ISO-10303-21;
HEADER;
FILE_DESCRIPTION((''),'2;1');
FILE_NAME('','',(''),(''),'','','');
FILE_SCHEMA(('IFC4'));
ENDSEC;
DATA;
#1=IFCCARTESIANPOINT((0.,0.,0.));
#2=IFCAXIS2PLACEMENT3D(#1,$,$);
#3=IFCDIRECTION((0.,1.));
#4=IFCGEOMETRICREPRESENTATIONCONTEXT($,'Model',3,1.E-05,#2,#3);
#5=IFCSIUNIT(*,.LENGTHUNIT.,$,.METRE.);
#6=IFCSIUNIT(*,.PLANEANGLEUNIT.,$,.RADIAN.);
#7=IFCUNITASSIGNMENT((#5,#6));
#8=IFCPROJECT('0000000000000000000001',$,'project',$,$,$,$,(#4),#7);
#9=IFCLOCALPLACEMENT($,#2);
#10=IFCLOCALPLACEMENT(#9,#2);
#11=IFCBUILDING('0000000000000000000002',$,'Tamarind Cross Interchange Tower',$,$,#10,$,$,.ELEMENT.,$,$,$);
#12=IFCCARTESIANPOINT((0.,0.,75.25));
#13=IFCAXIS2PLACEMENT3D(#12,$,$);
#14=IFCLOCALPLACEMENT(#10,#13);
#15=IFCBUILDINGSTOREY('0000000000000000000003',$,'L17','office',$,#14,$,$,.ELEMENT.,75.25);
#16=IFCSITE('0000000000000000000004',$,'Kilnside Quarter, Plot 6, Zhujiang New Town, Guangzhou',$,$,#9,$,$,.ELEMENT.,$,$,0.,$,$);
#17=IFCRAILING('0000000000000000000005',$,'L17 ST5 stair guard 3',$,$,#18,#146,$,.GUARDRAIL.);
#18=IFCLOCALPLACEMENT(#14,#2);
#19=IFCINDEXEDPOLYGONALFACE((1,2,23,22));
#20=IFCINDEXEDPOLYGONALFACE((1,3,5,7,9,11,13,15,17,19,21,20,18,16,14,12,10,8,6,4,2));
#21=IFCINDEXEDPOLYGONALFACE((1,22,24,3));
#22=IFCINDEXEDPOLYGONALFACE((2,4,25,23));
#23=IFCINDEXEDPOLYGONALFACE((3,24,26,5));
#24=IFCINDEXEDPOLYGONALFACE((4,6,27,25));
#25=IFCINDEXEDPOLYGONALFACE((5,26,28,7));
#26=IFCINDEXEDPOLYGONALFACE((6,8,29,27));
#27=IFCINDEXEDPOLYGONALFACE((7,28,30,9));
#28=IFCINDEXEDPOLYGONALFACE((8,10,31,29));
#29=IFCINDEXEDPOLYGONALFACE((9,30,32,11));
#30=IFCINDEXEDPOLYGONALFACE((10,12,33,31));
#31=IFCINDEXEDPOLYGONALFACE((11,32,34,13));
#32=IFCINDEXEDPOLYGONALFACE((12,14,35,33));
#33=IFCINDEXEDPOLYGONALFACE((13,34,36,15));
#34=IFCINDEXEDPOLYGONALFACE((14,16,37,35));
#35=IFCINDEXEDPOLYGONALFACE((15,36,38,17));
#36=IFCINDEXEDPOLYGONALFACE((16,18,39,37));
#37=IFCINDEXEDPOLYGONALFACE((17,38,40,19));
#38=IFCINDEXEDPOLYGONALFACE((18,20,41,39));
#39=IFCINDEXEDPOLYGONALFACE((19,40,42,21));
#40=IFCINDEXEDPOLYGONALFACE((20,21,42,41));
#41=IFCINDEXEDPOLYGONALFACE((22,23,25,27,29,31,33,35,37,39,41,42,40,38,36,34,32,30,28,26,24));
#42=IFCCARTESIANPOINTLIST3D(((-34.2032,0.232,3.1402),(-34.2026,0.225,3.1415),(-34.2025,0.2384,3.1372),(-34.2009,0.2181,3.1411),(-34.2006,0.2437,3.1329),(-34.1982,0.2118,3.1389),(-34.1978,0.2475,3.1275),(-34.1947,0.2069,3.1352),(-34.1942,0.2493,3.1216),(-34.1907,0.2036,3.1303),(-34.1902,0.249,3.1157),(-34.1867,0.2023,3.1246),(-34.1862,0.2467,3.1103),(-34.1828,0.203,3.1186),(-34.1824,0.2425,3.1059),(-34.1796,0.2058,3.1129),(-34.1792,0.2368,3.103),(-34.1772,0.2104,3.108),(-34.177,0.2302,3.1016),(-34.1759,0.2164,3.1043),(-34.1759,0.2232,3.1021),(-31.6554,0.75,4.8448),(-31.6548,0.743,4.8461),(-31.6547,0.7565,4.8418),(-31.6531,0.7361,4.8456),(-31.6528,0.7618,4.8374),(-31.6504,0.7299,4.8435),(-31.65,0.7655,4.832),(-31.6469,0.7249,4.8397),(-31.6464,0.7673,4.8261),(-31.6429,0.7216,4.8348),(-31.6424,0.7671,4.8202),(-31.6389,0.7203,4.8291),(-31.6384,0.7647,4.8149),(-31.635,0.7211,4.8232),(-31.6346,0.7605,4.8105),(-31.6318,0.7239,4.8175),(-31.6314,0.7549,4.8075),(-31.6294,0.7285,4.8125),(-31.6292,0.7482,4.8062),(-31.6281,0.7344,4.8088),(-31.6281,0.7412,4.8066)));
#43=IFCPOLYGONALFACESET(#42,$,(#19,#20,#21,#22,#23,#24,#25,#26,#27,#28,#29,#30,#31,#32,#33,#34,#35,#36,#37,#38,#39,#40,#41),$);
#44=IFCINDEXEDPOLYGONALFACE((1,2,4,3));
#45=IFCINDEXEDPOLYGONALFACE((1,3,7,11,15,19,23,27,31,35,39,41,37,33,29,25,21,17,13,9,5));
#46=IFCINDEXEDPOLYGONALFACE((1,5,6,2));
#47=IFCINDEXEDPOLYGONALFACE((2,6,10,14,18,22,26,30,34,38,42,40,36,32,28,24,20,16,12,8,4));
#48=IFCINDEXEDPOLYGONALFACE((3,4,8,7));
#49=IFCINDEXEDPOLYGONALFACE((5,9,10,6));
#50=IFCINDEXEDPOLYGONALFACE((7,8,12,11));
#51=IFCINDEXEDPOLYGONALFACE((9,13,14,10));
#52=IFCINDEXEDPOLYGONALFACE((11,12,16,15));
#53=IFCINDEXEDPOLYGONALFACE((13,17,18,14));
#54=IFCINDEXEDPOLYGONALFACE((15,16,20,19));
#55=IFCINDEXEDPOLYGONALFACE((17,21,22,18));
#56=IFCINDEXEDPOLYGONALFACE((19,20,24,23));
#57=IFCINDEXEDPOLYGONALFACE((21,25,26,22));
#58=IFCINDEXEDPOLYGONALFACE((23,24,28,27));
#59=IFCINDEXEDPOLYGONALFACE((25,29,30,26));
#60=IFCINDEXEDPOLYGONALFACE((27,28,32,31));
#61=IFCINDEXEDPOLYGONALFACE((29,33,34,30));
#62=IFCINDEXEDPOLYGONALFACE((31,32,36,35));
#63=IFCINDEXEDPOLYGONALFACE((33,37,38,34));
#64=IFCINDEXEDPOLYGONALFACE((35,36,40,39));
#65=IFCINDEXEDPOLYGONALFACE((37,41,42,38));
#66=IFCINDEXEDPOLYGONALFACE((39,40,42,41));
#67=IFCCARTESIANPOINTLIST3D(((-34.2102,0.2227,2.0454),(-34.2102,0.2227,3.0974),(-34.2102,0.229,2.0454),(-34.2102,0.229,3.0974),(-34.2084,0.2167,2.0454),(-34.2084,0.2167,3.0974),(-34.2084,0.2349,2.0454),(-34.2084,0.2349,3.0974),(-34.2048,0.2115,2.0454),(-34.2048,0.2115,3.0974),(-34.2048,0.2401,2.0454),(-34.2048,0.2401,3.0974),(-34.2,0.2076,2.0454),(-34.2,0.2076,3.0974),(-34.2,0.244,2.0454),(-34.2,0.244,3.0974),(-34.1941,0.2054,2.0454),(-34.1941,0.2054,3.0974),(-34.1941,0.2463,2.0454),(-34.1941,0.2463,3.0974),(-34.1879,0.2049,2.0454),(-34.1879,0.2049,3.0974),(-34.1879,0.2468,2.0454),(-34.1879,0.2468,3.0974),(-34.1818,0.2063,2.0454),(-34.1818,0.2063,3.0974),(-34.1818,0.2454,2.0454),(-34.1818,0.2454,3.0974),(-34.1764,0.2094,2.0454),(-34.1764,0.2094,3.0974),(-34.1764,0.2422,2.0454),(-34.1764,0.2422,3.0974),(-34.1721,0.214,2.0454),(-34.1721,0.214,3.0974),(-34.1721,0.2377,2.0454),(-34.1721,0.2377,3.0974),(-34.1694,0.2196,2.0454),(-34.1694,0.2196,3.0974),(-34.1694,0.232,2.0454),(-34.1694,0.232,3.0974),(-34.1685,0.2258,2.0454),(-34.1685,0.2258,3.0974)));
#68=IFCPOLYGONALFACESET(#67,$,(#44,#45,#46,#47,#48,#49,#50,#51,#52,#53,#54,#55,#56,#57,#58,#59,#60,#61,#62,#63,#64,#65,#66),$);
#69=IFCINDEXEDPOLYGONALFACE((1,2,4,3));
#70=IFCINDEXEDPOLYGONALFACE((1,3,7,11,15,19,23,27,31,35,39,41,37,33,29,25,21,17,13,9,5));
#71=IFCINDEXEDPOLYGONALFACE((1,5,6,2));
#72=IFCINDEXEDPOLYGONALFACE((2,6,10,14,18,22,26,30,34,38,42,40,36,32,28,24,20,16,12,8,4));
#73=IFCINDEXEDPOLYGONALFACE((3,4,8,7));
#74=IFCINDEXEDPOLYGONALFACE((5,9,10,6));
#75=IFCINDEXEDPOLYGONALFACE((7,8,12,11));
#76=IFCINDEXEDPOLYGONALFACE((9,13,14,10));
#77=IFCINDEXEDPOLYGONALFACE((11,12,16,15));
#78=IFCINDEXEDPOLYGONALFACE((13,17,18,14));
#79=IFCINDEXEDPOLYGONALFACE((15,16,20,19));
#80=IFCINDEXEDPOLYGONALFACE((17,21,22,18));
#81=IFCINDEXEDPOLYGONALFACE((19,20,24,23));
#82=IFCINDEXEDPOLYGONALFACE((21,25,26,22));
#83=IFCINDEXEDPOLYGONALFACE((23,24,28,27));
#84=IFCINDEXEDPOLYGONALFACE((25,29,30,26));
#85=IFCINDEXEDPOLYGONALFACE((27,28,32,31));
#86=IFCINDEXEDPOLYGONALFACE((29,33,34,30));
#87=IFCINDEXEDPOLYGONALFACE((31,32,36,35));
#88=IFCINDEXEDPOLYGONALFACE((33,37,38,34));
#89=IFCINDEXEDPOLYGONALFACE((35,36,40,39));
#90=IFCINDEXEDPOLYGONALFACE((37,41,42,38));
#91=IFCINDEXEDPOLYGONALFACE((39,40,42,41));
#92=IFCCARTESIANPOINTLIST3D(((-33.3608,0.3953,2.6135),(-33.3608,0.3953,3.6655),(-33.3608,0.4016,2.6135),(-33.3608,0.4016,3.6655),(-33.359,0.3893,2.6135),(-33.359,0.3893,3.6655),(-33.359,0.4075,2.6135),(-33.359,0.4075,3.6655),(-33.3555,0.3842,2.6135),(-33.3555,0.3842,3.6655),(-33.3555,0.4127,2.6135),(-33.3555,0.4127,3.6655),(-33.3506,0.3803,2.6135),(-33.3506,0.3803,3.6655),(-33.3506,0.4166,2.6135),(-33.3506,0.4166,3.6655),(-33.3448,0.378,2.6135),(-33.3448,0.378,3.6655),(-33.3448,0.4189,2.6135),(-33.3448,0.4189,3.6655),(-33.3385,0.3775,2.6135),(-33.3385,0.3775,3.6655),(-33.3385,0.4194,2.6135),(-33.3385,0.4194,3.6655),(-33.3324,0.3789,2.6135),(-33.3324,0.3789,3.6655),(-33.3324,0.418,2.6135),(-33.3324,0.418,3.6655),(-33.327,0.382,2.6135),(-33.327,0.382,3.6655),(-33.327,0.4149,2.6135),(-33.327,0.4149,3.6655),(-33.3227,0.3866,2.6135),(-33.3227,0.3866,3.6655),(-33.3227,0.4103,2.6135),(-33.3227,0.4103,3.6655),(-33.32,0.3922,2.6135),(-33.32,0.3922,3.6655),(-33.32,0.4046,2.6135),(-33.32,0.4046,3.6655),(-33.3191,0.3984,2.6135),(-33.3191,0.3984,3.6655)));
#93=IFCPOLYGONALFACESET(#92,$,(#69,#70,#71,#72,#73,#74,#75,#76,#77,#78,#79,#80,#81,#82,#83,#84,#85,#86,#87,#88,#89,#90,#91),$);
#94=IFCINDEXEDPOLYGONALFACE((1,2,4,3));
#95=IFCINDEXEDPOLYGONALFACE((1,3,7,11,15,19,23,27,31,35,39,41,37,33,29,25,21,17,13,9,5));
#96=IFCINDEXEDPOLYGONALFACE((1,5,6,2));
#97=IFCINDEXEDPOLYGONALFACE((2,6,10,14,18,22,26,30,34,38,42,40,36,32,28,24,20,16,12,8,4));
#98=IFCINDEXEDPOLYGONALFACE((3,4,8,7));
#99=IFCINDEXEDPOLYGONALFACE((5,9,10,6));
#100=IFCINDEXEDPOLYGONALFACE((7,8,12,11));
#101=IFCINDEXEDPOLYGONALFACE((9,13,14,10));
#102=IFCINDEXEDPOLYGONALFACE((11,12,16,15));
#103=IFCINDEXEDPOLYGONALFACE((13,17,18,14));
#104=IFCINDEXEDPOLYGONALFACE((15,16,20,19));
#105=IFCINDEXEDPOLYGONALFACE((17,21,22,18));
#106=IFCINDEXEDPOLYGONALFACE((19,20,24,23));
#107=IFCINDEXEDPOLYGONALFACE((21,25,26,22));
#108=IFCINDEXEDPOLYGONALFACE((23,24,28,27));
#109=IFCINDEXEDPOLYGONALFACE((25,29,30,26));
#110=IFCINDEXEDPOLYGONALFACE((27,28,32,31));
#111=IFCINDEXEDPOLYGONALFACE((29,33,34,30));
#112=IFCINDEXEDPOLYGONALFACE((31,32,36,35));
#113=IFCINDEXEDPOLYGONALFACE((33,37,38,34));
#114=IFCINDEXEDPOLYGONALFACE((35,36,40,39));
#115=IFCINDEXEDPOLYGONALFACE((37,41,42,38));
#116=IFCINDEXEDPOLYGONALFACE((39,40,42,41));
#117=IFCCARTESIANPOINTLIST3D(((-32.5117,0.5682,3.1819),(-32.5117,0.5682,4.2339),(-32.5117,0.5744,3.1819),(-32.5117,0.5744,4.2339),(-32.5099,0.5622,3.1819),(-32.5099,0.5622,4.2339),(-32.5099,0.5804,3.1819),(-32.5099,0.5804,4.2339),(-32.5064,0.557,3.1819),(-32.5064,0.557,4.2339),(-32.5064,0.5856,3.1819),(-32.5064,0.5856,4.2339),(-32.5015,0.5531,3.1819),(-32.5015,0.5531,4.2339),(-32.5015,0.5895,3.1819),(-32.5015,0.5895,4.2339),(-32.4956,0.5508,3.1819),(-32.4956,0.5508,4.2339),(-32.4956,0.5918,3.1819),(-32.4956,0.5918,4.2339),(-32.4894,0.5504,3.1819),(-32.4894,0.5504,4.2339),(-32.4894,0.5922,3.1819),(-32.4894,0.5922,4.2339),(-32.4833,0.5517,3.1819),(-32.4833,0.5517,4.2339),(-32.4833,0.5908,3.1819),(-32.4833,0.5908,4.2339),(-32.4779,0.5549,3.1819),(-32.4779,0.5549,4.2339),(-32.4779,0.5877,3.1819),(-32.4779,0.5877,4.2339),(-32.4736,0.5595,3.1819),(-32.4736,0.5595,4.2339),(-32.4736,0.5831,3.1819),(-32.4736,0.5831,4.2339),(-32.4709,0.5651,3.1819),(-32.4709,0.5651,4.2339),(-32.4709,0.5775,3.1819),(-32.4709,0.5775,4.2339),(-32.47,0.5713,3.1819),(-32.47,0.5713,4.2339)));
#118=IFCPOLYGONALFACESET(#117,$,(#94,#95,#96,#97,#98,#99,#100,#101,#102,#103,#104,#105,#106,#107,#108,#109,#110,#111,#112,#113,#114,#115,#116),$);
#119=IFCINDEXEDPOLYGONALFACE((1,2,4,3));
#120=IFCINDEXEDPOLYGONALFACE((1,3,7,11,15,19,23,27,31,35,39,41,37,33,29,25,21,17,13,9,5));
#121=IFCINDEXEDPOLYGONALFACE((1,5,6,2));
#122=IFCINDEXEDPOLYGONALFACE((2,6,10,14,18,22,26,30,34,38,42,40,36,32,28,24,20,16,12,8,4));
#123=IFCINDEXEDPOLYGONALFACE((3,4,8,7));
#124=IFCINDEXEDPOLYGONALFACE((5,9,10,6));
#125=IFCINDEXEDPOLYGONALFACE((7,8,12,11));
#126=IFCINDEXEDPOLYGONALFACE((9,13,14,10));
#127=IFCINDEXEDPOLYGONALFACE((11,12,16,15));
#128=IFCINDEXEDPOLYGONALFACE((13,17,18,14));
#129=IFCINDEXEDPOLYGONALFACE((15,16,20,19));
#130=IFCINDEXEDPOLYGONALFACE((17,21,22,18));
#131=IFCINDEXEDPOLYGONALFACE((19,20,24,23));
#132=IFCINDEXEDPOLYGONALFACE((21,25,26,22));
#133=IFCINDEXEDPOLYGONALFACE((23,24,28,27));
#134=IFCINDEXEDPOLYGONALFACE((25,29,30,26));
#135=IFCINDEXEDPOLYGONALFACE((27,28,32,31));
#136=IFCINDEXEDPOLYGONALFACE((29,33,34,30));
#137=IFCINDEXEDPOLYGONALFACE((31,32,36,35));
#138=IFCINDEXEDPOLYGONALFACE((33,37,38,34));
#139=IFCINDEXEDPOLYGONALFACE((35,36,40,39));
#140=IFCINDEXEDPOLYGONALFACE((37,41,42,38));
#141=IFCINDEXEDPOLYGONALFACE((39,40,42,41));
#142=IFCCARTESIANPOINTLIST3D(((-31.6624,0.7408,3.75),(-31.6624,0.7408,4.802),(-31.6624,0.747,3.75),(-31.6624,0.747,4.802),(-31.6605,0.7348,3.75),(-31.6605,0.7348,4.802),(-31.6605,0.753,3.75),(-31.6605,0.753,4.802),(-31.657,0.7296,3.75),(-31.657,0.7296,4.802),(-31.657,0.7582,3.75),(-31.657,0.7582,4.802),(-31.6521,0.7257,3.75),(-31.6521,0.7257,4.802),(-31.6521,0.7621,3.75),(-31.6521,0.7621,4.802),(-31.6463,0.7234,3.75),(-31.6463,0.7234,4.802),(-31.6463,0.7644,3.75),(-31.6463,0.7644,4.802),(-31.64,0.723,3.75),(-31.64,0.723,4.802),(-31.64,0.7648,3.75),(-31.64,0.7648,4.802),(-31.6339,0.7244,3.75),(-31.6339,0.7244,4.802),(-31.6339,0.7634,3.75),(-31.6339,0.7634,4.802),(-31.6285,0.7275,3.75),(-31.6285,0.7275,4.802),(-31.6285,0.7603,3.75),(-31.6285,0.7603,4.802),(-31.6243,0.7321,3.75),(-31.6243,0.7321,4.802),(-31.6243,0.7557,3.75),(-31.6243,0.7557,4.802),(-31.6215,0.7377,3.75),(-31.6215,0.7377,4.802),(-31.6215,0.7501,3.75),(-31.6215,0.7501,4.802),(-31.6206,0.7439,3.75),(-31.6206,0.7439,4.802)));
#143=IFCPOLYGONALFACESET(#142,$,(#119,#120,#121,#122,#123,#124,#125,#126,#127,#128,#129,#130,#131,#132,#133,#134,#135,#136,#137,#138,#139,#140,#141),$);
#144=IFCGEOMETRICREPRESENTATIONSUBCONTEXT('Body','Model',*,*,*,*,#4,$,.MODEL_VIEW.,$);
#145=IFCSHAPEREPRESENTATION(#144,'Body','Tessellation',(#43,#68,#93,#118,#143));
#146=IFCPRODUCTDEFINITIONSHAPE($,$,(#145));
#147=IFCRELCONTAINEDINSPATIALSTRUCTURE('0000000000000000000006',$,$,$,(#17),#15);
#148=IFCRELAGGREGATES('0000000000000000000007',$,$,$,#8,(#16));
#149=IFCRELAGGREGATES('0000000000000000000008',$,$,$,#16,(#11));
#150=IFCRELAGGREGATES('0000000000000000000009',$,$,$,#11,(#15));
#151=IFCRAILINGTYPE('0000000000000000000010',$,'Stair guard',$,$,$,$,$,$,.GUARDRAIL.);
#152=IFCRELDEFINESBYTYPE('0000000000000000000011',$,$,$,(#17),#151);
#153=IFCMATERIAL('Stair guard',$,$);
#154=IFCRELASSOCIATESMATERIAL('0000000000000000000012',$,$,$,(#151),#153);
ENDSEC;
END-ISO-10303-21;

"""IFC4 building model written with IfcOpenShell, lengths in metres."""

from ifc_helpers import new_model, si_unit, direction, frame, origin, origin_2d, place, context, subcontext, project, spatial, circle, extrude, material, type_object, element, save


model = new_model("IFC4")

# Units and contexts
model_context = context("Model", 3, precision=1e-05, world=origin(), true_north=direction((0.0, 1.0)))
body_context = subcontext(model_context, "Body", "Model", "MODEL_VIEW")
ifc_project = project(units=[si_unit("LENGTHUNIT", "METRE"), si_unit("PLANEANGLEUNIT", "RADIAN")], contexts=[model_context])

# Site, building, storey
site_placement = place(None, origin())
site = spatial("IfcSite", under=ifc_project, at=site_placement, Name="Kilnside Quarter, Plot 6, Zhujiang New Town, Guangzhou", CompositionType="ELEMENT", RefElevation=0.0)
building_placement = place(site_placement, origin())
building = spatial("IfcBuilding", under=site, at=building_placement, Name="Tamarind Cross Interchange Tower", CompositionType="ELEMENT")
storey_placement = place(building_placement, frame((0.0, 0.0, 75.25)))
storey = spatial("IfcBuildingStorey", under=building, at=storey_placement, Name="L17", Description="office", CompositionType="ELEMENT", Elevation=75.25)

# Railing
ifc_material_1 = material(Name="Stair guard")
railing_type_1 = type_object("IfcRailingType", Name="Stair guard", PredefinedType="GUARDRAIL", material=ifc_material_1)
railing_1_placement = place(storey_placement, frame((-34.1895, 0.2258, 2.0454)))
element("IfcRailing", 1, at=railing_1_placement, inside=storey, type_object=railing_type_1, Name="L17 ST5 stair guard 3", PredefinedType="GUARDRAIL", context=body_context, shape_type="SweptSolid", body=[
    extrude(circle(Radius=0.0239, at=origin_2d()), frame((0.0, 0.0, 1.0762), z_axis=(0.819522, 0.166637, 0.548285), x_axis=(-0.199257, 0.979947, 0.0)), (0.0, 0.0, 1.0), 3.1089),
    extrude(circle(Radius=0.021, at=origin_2d()), origin(), (0.0, 0.0, 1.0), 1.052),
    extrude(circle(Radius=0.021, at=origin_2d()), frame((0.8494, 0.1726, 0.5681)), (0.0, 0.0, 1.0), 1.052),
    extrude(circle(Radius=0.021, at=origin_2d()), frame((1.6985, 0.3455, 1.1365)), (0.0, 0.0, 1.0), 1.052),
    extrude(circle(Radius=0.021, at=origin_2d()), frame((2.5479, 0.5181, 1.7046)), (0.0, 0.0, 1.0), 1.052),
])

save(model, "model.ifc")
